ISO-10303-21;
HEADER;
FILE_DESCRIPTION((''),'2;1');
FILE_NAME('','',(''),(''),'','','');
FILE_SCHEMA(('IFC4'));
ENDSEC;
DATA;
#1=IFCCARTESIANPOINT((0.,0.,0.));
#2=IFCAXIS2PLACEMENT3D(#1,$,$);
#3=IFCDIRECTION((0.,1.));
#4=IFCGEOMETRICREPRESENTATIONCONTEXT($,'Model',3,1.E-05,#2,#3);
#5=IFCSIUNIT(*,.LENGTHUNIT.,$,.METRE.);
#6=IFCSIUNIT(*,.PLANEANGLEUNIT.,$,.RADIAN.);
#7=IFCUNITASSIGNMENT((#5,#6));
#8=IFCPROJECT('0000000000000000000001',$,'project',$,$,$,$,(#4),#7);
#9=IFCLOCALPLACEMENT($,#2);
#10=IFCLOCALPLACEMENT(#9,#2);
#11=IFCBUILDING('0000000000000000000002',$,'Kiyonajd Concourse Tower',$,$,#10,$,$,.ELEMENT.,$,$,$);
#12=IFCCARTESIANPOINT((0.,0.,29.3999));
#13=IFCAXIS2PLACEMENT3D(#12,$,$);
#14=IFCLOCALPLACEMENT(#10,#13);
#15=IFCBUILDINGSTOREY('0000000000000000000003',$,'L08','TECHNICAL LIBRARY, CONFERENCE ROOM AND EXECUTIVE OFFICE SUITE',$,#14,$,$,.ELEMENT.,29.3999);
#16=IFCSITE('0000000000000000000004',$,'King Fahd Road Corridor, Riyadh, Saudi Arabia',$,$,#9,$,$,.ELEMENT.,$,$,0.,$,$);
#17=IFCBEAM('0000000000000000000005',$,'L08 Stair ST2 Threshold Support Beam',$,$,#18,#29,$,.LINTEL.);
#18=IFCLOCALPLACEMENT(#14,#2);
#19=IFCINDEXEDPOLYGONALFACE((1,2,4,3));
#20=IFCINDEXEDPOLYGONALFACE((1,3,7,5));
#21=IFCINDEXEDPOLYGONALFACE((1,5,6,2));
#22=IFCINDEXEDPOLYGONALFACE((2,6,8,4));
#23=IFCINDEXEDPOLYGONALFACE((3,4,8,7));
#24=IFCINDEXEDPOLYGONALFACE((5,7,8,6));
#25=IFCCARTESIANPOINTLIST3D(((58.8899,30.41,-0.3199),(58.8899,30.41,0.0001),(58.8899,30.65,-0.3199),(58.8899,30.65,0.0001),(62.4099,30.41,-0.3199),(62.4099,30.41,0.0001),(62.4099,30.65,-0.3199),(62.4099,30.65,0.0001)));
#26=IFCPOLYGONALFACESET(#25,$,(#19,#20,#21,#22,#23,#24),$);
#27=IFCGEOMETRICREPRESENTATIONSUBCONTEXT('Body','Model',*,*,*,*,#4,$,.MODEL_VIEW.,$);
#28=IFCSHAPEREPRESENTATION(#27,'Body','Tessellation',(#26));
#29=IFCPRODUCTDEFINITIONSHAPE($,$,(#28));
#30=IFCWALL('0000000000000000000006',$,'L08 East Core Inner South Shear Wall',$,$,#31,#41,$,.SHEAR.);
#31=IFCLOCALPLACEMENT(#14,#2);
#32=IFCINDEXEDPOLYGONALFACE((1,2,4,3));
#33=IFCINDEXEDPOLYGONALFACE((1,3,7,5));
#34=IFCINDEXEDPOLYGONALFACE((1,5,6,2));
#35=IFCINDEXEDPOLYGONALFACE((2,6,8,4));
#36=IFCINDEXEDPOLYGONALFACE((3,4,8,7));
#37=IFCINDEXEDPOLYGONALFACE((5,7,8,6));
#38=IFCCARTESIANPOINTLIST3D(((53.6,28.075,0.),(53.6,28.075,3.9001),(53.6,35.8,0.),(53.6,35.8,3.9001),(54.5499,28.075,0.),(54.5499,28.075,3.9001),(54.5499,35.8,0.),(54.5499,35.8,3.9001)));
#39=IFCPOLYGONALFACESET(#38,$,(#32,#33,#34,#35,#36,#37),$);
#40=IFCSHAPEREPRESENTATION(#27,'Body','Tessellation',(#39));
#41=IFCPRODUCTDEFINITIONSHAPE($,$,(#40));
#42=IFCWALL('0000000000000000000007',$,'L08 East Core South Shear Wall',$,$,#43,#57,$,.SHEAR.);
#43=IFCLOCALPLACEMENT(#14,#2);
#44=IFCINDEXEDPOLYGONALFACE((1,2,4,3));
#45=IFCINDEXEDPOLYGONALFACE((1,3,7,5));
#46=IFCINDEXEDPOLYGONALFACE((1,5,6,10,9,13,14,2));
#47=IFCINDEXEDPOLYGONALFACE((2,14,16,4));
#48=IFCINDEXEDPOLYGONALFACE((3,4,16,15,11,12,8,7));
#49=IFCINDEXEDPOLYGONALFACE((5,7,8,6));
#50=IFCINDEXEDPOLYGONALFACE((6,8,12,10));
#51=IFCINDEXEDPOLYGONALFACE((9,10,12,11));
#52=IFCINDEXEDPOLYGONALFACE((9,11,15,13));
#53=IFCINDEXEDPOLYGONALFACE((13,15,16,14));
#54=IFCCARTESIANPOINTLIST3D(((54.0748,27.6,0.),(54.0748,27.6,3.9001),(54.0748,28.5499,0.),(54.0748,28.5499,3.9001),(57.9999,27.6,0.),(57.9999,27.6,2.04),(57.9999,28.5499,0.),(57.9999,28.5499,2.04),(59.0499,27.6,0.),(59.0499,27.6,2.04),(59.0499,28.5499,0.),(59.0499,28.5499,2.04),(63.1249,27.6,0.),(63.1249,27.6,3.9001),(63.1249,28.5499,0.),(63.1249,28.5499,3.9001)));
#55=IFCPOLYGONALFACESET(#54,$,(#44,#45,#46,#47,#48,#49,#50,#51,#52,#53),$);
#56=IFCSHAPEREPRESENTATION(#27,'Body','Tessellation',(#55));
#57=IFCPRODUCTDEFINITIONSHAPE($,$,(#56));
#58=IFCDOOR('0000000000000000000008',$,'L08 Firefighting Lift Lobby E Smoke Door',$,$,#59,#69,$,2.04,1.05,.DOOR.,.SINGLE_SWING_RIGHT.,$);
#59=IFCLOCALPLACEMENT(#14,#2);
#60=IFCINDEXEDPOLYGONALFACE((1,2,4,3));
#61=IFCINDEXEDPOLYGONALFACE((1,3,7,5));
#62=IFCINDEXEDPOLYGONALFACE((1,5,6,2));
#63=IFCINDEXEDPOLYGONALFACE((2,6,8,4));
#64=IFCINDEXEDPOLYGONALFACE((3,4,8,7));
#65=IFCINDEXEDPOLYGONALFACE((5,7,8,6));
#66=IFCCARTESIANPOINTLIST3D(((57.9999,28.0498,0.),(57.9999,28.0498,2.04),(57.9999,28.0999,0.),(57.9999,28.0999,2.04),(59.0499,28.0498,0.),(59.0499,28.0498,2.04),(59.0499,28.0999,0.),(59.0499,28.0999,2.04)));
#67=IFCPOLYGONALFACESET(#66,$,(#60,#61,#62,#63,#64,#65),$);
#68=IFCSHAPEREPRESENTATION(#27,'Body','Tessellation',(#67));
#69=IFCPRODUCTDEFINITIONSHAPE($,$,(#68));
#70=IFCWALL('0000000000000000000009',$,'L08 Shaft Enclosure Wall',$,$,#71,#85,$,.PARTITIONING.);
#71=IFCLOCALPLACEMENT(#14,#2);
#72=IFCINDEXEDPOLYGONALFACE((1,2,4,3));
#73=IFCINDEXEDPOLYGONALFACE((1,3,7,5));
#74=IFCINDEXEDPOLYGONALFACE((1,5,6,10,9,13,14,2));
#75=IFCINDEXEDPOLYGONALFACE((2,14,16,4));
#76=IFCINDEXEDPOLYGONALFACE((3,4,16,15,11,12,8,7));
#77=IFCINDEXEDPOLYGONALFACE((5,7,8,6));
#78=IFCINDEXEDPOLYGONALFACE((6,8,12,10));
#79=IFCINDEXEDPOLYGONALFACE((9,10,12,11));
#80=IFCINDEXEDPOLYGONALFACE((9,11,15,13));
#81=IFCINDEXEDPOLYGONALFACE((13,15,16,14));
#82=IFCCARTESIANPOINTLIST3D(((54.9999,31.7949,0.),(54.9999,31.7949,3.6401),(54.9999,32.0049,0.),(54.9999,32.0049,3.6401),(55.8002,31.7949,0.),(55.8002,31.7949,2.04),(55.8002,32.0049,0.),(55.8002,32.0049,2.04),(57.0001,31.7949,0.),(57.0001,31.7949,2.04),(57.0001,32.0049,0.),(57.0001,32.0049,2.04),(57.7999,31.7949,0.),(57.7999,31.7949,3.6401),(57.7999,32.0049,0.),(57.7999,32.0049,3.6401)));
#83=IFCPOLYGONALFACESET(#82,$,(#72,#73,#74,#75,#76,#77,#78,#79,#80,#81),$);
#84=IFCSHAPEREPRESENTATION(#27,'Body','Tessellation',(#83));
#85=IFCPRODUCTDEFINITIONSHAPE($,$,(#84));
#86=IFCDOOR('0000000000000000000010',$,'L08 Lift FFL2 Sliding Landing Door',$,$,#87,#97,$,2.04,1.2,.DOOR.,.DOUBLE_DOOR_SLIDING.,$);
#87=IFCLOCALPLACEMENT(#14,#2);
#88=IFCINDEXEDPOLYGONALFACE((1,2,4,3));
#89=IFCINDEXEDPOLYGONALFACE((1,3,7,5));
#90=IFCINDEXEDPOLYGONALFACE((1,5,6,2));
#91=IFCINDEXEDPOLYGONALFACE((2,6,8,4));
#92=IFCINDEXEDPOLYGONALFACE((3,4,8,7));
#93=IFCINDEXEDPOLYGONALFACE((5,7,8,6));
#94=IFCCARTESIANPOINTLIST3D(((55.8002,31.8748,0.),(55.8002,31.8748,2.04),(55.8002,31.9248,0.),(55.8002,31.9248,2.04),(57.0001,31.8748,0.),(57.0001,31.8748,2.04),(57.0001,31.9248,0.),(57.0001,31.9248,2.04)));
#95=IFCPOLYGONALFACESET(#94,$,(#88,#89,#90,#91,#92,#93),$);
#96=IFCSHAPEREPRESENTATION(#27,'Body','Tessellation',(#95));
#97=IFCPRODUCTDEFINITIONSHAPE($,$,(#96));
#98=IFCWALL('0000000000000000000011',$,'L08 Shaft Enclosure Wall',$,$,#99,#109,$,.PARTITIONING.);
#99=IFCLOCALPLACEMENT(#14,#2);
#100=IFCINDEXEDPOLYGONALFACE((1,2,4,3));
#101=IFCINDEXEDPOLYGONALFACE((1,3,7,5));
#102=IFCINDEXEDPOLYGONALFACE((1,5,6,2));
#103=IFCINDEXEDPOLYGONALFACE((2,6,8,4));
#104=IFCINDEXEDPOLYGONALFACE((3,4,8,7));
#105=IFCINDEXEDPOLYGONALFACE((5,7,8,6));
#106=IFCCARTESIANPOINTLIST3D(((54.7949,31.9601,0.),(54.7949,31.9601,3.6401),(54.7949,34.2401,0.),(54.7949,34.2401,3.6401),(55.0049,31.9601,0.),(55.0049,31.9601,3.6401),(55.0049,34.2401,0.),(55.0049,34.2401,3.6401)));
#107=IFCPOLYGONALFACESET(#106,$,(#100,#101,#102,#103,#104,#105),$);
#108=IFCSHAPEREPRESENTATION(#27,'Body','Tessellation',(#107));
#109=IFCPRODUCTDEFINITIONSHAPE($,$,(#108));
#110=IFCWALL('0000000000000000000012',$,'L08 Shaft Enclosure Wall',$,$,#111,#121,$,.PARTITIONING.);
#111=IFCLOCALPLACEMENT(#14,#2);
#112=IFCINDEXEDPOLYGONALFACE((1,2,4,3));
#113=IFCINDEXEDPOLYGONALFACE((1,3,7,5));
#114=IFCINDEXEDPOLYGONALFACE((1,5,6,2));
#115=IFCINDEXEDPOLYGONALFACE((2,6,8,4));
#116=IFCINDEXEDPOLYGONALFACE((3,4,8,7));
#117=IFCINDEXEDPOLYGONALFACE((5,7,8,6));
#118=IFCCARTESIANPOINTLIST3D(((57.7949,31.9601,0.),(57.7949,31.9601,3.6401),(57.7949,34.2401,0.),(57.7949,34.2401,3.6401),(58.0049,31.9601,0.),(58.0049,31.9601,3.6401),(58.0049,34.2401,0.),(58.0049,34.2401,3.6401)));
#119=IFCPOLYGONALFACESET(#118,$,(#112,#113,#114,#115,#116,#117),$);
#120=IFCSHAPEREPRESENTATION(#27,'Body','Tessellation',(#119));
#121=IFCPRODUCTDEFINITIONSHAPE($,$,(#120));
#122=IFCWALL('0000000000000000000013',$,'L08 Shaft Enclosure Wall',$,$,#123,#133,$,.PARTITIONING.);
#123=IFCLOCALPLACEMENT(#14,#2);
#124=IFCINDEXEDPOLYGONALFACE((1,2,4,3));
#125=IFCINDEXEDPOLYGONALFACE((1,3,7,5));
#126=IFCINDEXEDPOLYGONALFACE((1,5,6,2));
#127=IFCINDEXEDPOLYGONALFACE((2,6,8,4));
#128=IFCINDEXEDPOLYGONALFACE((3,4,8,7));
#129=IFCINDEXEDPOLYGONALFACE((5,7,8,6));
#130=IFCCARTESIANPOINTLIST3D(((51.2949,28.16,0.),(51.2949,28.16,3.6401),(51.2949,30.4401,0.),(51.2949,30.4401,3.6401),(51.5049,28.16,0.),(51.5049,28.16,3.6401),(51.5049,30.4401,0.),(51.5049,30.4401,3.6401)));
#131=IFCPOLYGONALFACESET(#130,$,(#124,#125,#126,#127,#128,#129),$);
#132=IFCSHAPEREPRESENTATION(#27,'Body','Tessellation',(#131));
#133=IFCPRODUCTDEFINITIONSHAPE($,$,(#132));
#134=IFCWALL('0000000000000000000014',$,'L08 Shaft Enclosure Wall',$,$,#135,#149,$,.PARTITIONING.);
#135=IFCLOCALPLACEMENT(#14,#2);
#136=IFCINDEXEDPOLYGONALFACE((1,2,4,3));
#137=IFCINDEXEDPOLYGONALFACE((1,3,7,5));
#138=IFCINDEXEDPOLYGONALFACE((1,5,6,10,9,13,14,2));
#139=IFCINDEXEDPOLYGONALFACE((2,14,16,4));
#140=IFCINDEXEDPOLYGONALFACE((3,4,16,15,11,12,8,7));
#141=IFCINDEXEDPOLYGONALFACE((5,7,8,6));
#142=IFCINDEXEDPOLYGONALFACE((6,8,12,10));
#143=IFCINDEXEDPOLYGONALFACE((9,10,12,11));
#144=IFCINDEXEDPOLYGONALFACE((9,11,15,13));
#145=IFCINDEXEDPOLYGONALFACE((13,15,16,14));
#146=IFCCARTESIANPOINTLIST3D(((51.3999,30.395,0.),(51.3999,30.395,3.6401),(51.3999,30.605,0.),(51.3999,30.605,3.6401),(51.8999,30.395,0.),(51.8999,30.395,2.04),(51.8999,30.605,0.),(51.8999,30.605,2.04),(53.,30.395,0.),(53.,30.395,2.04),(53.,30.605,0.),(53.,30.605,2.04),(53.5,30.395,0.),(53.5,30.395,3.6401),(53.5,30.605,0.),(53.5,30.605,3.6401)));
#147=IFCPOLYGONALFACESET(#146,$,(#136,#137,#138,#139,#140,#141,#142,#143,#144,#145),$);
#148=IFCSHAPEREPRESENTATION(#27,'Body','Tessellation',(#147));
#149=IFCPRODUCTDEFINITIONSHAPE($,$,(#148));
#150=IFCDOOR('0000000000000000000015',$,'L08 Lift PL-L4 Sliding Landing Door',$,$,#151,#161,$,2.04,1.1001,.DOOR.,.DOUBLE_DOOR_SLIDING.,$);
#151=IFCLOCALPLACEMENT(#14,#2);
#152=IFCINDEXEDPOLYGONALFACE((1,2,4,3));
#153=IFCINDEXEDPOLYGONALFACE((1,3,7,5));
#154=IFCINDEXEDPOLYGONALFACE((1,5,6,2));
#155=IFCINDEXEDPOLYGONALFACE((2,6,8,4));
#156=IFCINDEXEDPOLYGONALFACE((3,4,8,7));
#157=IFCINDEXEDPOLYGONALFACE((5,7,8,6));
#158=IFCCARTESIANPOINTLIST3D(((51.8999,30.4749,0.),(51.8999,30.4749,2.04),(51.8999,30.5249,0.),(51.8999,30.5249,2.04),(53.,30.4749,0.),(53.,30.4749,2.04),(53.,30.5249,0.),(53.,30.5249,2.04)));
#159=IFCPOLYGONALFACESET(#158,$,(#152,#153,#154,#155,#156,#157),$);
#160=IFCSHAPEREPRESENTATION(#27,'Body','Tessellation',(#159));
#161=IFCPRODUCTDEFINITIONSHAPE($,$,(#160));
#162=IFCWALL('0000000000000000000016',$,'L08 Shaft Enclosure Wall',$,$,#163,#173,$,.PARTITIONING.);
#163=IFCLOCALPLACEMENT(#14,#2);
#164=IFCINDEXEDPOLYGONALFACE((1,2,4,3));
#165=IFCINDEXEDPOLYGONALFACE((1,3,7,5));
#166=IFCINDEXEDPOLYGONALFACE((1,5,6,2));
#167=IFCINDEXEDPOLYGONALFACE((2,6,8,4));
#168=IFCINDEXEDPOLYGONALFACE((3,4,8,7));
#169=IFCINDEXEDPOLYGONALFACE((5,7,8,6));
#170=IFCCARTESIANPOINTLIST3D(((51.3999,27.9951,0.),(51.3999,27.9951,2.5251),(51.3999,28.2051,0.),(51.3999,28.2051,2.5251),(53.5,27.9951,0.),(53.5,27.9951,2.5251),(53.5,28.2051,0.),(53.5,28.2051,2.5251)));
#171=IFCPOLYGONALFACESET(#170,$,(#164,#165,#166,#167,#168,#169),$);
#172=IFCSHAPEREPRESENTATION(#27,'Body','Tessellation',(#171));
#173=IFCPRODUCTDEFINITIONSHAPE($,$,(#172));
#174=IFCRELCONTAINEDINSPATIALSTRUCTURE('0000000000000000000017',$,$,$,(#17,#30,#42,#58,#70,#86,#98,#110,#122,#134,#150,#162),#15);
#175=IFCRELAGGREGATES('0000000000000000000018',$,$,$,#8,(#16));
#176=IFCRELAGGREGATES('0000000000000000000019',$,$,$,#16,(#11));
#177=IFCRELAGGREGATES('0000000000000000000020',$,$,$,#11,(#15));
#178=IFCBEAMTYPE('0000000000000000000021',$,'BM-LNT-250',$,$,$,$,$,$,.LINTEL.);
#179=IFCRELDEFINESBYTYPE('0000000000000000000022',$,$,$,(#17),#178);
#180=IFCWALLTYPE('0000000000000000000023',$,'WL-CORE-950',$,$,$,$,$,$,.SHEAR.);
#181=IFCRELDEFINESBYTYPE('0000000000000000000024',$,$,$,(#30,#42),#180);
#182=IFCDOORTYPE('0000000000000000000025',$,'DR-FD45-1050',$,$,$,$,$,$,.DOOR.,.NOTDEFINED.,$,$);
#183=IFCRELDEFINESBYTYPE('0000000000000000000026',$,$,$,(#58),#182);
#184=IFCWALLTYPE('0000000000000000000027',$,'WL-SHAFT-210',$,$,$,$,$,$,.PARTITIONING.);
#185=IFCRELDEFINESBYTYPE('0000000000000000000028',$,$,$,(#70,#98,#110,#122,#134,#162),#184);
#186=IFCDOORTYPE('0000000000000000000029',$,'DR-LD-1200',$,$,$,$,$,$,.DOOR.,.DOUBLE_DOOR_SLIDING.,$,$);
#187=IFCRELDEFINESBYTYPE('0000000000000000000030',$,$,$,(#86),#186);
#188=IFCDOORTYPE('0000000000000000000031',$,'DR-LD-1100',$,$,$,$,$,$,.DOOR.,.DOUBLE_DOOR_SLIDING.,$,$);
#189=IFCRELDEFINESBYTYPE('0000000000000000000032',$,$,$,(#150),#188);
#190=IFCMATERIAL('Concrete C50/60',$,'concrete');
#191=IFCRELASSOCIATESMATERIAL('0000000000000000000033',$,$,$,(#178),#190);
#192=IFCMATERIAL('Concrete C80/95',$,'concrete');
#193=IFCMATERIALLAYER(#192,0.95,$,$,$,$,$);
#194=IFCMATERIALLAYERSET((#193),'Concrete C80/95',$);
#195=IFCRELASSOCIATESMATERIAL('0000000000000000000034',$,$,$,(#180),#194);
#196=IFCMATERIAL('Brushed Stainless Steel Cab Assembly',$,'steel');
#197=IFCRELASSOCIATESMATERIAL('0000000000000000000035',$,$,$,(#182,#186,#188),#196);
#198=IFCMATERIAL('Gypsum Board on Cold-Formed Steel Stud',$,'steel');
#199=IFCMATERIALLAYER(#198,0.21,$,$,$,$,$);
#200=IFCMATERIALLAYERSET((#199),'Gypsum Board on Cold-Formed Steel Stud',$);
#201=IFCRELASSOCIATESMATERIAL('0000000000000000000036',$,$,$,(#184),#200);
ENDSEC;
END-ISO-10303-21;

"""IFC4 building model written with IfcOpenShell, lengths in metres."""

from ifc_helpers import new_model, si_unit, direction, frame, frame_2d, origin, origin_2d, place, context, subcontext, project, spatial, rectangle, extrude, material, layer, layer_set, material_profile, profile_set, type_object, element, fill, save


model = new_model("IFC4")

# Units and contexts
model_context = context("Model", 3, precision=1e-05, world=origin(), true_north=direction((0.0, 1.0)))
body_context = subcontext(model_context, "Body", "Model", "MODEL_VIEW")
ifc_project = project(units=[si_unit("LENGTHUNIT", "METRE"), si_unit("PLANEANGLEUNIT", "RADIAN")], contexts=[model_context])

# Site, building, storey
site_placement = place(None, origin())
site = spatial("IfcSite", under=ifc_project, at=site_placement, Name="King Fahd Road Corridor, Riyadh, Saudi Arabia", CompositionType="ELEMENT", RefElevation=0.0)
building_placement = place(site_placement, origin())
building = spatial("IfcBuilding", under=site, at=building_placement, Name="Kiyonajd Concourse Tower", CompositionType="ELEMENT")
storey_placement = place(building_placement, frame((0.0, 0.0, 29.3999)))
storey = spatial("IfcBuildingStorey", under=building, at=storey_placement, Name="L08", Description="TECHNICAL LIBRARY, CONFERENCE ROOM AND EXECUTIVE OFFICE SUITE", CompositionType="ELEMENT", Elevation=29.3999)

# Beam
ifc_material_1 = material(Name="Concrete C50/60", Category="concrete")
ifc_material_profile = material_profile(ifc_material_1, rectangle(XDim=0.24, YDim=0.3201, at=origin_2d()), Name="RCBM-240x320")
ifc_profile_set = profile_set([ifc_material_profile], Name="Concrete C50/60")
beam_type = type_object("IfcBeamType", Name="BM-LNT-250", PredefinedType="LINTEL", material=ifc_profile_set)
beam_placement = place(storey_placement, frame((58.8899, 30.53, -0.1599), z_axis=(1.0, 0.0, 0.0), x_axis=(0.0, 1.0, 0.0)))
element("IfcBeam", 1, at=beam_placement, inside=storey, type_object=beam_type, Name="L08 Stair ST2 Threshold Support Beam", PredefinedType="LINTEL", context=body_context, shape_type="SweptSolid", body=[
    extrude(rectangle(XDim=0.24, YDim=0.3201, at=origin_2d()), origin(), (0.0, 0.0, 1.0), 3.52),
])

# Wall
ifc_material_2 = material(Name="Concrete C80/95", Category="concrete")
ifc_layer_1 = layer(ifc_material_2, 0.95)
ifc_layer_set_1 = layer_set([ifc_layer_1], Name="Concrete C80/95")
wall_type_1 = type_object("IfcWallType", Name="WL-CORE-950", PredefinedType="SHEAR", material=ifc_layer_set_1)
wall_1_placement = place(storey_placement, frame((54.075, 28.075, 0.0), z_axis=(0.0, 0.0, 1.0), x_axis=(0.0, 1.0, 0.0)))
element("IfcWall", 2, at=wall_1_placement, inside=storey, type_object=wall_type_1, Name="L08 East Core Inner South Shear Wall", PredefinedType="SHEAR", context=body_context, shape_type="SweptSolid", body=[
    extrude(rectangle(XDim=7.7251, YDim=0.95, at=frame_2d((3.8625, 0.0))), origin(), (0.0, 0.0, 1.0), 3.9001),
])

# Walls, openings, doors
wall_2_placement = place(storey_placement, frame((54.075, 28.075, 0.0), z_axis=(0.0, 0.0, 1.0), x_axis=(1.0, 0.0, 0.0)))
wall_2 = element("IfcWall", 3, at=wall_2_placement, inside=storey, type_object=wall_type_1, Name="L08 East Core South Shear Wall", PredefinedType="SHEAR", context=body_context, shape_type="SweptSolid", body=[
    extrude(rectangle(XDim=9.05, YDim=0.95, at=frame_2d((4.5249, 0.0))), origin(), (0.0, 0.0, 1.0), 3.9001),
])
opening_1_placement = place(wall_2_placement, frame((3.925, 0.0, 0.0)))
opening_1 = element("IfcOpeningElement", 4, at=opening_1_placement, cuts=wall_2, PredefinedType="OPENING", context=body_context, shape_type="SweptSolid", body=[
    extrude(rectangle(XDim=1.05, YDim=2.04, at=frame_2d((0.5249, 1.02))), frame((0.0, 0.4849, 0.0), z_axis=(0.0, -1.0, 0.0), x_axis=(1.0, 0.0, 0.0)), (0.0, 0.0, 1.0), 0.97),
])
ifc_material_3 = material(Name="Brushed Stainless Steel Cab Assembly", Category="steel")
door_type_1 = type_object("IfcDoorType", Name="DR-FD45-1050", OperationType="NOTDEFINED", PredefinedType="DOOR", material=ifc_material_3)
door_1_placement = place(opening_1_placement, origin())
door_1 = element("IfcDoor", 5, at=door_1_placement, inside=storey, type_object=door_type_1, Name="L08 Firefighting Lift Lobby E Smoke Door", OperationType="SINGLE_SWING_RIGHT", OverallHeight=2.04, OverallWidth=1.05, PredefinedType="DOOR", context=body_context, shape_type="SweptSolid", body=[
    extrude(rectangle(XDim=1.05, YDim=2.04, at=frame_2d((0.5249, 1.02))), frame((0.0, 0.0249, 0.0), z_axis=(0.0, -1.0, 0.0), x_axis=(1.0, 0.0, 0.0)), (0.0, 0.0, 1.0), 0.05),
])
fill(opening_1, door_1)
ifc_material_4 = material(Name="Gypsum Board on Cold-Formed Steel Stud", Category="steel")
ifc_layer_2 = layer(ifc_material_4, 0.21)
ifc_layer_set_2 = layer_set([ifc_layer_2], Name="Gypsum Board on Cold-Formed Steel Stud")
wall_type_2 = type_object("IfcWallType", Name="WL-SHAFT-210", PredefinedType="PARTITIONING", material=ifc_layer_set_2)
wall_3_placement = place(storey_placement, frame((55.0, 31.8999, 0.0), z_axis=(0.0, 0.0, 1.0), x_axis=(1.0, 0.0, 0.0)))
wall_3 = element("IfcWall", 6, at=wall_3_placement, inside=storey, type_object=wall_type_2, Name="L08 Shaft Enclosure Wall", PredefinedType="PARTITIONING", context=body_context, shape_type="SweptSolid", body=[
    extrude(rectangle(XDim=2.8, YDim=0.21, at=frame_2d((1.3999, 0.0))), origin(), (0.0, 0.0, 1.0), 3.6401),
])
opening_2_placement = place(wall_3_placement, frame((0.8, 0.0, 0.0)))
opening_2 = element("IfcOpeningElement", 7, at=opening_2_placement, cuts=wall_3, PredefinedType="OPENING", context=body_context, shape_type="SweptSolid", body=[
    extrude(rectangle(XDim=1.2, YDim=2.04, at=frame_2d((0.6001, 1.02))), frame((0.0, 0.115, 0.0), z_axis=(0.0, -1.0, 0.0), x_axis=(1.0, 0.0, 0.0)), (0.0, 0.0, 1.0), 0.23),
])
door_type_2 = type_object("IfcDoorType", Name="DR-LD-1200", OperationType="DOUBLE_DOOR_SLIDING", PredefinedType="DOOR", material=ifc_material_3)
door_2_placement = place(opening_2_placement, origin())
door_2 = element("IfcDoor", 8, at=door_2_placement, inside=storey, type_object=door_type_2, Name="L08 Lift FFL2 Sliding Landing Door", OperationType="DOUBLE_DOOR_SLIDING", OverallHeight=2.04, OverallWidth=1.2, PredefinedType="DOOR", context=body_context, shape_type="SweptSolid", body=[
    extrude(rectangle(XDim=1.2, YDim=2.04, at=frame_2d((0.6001, 1.02))), frame((0.0, 0.0249, 0.0), z_axis=(0.0, -1.0, 0.0), x_axis=(1.0, 0.0, 0.0)), (0.0, 0.0, 1.0), 0.05),
])
fill(opening_2, door_2)

# Walls
for number, where, z_axis, x_axis, name in (
    (9, (54.8999, 31.96, 0.0), (0.0, 0.0, 1.0), (0.0, 1.0, 0.0), "L08 Shaft Enclosure Wall"),
    (10, (57.8999, 31.96, 0.0), (0.0, 0.0, 1.0), (0.0, 1.0, 0.0), "L08 Shaft Enclosure Wall"),
    (11, (51.3999, 28.1599, 0.0), (0.0, 0.0, 1.0), (0.0, 1.0, 0.0), "L08 Shaft Enclosure Wall"),
):
    element("IfcWall", number, at=place(storey_placement, frame(where, z_axis=z_axis, x_axis=x_axis)), inside=storey, type_object=wall_type_2, Name=name, PredefinedType="PARTITIONING", context=body_context, shape_type="SweptSolid", body=[
        extrude(rectangle(XDim=2.28, YDim=0.21, at=frame_2d((1.1401, 0.0))), origin(), (0.0, 0.0, 1.0), 3.6401),
    ])

# Wall, opening, door
wall_4_placement = place(storey_placement, frame((51.3999, 30.5, 0.0), z_axis=(0.0, 0.0, 1.0), x_axis=(1.0, 0.0, 0.0)))
wall_4 = element("IfcWall", 12, at=wall_4_placement, inside=storey, type_object=wall_type_2, Name="L08 Shaft Enclosure Wall", PredefinedType="PARTITIONING", context=body_context, shape_type="SweptSolid", body=[
    extrude(rectangle(XDim=2.1001, YDim=0.21, at=frame_2d((1.05, 0.0))), origin(), (0.0, 0.0, 1.0), 3.6401),
])
opening_3_placement = place(wall_4_placement, frame((0.5, 0.0, 0.0)))
opening_3 = element("IfcOpeningElement", 13, at=opening_3_placement, cuts=wall_4, PredefinedType="OPENING", context=body_context, shape_type="SweptSolid", body=[
    extrude(rectangle(XDim=1.1001, YDim=2.04, at=frame_2d((0.55, 1.02))), frame((0.0, 0.115, 0.0), z_axis=(0.0, -1.0, 0.0), x_axis=(1.0, 0.0, 0.0)), (0.0, 0.0, 1.0), 0.23),
])
door_type_3 = type_object("IfcDoorType", Name="DR-LD-1100", OperationType="DOUBLE_DOOR_SLIDING", PredefinedType="DOOR", material=ifc_material_3)
door_3_placement = place(opening_3_placement, origin())
door_3 = element("IfcDoor", 14, at=door_3_placement, inside=storey, type_object=door_type_3, Name="L08 Lift PL-L4 Sliding Landing Door", OperationType="DOUBLE_DOOR_SLIDING", OverallHeight=2.04, OverallWidth=1.1001, PredefinedType="DOOR", context=body_context, shape_type="SweptSolid", body=[
    extrude(rectangle(XDim=1.1001, YDim=2.04, at=frame_2d((0.55, 1.02))), frame((0.0, 0.0249, 0.0), z_axis=(0.0, -1.0, 0.0), x_axis=(1.0, 0.0, 0.0)), (0.0, 0.0, 1.0), 0.05),
])
fill(opening_3, door_3)

# Wall
wall_5_placement = place(storey_placement, frame((51.3999, 28.1001, 0.0), z_axis=(0.0, 0.0, 1.0), x_axis=(1.0, 0.0, 0.0)))
element("IfcWall", 15, at=wall_5_placement, inside=storey, type_object=wall_type_2, Name="L08 Shaft Enclosure Wall", PredefinedType="PARTITIONING", context=body_context, shape_type="SweptSolid", body=[
    extrude(rectangle(XDim=2.1001, YDim=0.21, at=frame_2d((1.05, 0.0))), origin(), (0.0, 0.0, 1.0), 2.5251),
])

save(model, "model.ifc")
